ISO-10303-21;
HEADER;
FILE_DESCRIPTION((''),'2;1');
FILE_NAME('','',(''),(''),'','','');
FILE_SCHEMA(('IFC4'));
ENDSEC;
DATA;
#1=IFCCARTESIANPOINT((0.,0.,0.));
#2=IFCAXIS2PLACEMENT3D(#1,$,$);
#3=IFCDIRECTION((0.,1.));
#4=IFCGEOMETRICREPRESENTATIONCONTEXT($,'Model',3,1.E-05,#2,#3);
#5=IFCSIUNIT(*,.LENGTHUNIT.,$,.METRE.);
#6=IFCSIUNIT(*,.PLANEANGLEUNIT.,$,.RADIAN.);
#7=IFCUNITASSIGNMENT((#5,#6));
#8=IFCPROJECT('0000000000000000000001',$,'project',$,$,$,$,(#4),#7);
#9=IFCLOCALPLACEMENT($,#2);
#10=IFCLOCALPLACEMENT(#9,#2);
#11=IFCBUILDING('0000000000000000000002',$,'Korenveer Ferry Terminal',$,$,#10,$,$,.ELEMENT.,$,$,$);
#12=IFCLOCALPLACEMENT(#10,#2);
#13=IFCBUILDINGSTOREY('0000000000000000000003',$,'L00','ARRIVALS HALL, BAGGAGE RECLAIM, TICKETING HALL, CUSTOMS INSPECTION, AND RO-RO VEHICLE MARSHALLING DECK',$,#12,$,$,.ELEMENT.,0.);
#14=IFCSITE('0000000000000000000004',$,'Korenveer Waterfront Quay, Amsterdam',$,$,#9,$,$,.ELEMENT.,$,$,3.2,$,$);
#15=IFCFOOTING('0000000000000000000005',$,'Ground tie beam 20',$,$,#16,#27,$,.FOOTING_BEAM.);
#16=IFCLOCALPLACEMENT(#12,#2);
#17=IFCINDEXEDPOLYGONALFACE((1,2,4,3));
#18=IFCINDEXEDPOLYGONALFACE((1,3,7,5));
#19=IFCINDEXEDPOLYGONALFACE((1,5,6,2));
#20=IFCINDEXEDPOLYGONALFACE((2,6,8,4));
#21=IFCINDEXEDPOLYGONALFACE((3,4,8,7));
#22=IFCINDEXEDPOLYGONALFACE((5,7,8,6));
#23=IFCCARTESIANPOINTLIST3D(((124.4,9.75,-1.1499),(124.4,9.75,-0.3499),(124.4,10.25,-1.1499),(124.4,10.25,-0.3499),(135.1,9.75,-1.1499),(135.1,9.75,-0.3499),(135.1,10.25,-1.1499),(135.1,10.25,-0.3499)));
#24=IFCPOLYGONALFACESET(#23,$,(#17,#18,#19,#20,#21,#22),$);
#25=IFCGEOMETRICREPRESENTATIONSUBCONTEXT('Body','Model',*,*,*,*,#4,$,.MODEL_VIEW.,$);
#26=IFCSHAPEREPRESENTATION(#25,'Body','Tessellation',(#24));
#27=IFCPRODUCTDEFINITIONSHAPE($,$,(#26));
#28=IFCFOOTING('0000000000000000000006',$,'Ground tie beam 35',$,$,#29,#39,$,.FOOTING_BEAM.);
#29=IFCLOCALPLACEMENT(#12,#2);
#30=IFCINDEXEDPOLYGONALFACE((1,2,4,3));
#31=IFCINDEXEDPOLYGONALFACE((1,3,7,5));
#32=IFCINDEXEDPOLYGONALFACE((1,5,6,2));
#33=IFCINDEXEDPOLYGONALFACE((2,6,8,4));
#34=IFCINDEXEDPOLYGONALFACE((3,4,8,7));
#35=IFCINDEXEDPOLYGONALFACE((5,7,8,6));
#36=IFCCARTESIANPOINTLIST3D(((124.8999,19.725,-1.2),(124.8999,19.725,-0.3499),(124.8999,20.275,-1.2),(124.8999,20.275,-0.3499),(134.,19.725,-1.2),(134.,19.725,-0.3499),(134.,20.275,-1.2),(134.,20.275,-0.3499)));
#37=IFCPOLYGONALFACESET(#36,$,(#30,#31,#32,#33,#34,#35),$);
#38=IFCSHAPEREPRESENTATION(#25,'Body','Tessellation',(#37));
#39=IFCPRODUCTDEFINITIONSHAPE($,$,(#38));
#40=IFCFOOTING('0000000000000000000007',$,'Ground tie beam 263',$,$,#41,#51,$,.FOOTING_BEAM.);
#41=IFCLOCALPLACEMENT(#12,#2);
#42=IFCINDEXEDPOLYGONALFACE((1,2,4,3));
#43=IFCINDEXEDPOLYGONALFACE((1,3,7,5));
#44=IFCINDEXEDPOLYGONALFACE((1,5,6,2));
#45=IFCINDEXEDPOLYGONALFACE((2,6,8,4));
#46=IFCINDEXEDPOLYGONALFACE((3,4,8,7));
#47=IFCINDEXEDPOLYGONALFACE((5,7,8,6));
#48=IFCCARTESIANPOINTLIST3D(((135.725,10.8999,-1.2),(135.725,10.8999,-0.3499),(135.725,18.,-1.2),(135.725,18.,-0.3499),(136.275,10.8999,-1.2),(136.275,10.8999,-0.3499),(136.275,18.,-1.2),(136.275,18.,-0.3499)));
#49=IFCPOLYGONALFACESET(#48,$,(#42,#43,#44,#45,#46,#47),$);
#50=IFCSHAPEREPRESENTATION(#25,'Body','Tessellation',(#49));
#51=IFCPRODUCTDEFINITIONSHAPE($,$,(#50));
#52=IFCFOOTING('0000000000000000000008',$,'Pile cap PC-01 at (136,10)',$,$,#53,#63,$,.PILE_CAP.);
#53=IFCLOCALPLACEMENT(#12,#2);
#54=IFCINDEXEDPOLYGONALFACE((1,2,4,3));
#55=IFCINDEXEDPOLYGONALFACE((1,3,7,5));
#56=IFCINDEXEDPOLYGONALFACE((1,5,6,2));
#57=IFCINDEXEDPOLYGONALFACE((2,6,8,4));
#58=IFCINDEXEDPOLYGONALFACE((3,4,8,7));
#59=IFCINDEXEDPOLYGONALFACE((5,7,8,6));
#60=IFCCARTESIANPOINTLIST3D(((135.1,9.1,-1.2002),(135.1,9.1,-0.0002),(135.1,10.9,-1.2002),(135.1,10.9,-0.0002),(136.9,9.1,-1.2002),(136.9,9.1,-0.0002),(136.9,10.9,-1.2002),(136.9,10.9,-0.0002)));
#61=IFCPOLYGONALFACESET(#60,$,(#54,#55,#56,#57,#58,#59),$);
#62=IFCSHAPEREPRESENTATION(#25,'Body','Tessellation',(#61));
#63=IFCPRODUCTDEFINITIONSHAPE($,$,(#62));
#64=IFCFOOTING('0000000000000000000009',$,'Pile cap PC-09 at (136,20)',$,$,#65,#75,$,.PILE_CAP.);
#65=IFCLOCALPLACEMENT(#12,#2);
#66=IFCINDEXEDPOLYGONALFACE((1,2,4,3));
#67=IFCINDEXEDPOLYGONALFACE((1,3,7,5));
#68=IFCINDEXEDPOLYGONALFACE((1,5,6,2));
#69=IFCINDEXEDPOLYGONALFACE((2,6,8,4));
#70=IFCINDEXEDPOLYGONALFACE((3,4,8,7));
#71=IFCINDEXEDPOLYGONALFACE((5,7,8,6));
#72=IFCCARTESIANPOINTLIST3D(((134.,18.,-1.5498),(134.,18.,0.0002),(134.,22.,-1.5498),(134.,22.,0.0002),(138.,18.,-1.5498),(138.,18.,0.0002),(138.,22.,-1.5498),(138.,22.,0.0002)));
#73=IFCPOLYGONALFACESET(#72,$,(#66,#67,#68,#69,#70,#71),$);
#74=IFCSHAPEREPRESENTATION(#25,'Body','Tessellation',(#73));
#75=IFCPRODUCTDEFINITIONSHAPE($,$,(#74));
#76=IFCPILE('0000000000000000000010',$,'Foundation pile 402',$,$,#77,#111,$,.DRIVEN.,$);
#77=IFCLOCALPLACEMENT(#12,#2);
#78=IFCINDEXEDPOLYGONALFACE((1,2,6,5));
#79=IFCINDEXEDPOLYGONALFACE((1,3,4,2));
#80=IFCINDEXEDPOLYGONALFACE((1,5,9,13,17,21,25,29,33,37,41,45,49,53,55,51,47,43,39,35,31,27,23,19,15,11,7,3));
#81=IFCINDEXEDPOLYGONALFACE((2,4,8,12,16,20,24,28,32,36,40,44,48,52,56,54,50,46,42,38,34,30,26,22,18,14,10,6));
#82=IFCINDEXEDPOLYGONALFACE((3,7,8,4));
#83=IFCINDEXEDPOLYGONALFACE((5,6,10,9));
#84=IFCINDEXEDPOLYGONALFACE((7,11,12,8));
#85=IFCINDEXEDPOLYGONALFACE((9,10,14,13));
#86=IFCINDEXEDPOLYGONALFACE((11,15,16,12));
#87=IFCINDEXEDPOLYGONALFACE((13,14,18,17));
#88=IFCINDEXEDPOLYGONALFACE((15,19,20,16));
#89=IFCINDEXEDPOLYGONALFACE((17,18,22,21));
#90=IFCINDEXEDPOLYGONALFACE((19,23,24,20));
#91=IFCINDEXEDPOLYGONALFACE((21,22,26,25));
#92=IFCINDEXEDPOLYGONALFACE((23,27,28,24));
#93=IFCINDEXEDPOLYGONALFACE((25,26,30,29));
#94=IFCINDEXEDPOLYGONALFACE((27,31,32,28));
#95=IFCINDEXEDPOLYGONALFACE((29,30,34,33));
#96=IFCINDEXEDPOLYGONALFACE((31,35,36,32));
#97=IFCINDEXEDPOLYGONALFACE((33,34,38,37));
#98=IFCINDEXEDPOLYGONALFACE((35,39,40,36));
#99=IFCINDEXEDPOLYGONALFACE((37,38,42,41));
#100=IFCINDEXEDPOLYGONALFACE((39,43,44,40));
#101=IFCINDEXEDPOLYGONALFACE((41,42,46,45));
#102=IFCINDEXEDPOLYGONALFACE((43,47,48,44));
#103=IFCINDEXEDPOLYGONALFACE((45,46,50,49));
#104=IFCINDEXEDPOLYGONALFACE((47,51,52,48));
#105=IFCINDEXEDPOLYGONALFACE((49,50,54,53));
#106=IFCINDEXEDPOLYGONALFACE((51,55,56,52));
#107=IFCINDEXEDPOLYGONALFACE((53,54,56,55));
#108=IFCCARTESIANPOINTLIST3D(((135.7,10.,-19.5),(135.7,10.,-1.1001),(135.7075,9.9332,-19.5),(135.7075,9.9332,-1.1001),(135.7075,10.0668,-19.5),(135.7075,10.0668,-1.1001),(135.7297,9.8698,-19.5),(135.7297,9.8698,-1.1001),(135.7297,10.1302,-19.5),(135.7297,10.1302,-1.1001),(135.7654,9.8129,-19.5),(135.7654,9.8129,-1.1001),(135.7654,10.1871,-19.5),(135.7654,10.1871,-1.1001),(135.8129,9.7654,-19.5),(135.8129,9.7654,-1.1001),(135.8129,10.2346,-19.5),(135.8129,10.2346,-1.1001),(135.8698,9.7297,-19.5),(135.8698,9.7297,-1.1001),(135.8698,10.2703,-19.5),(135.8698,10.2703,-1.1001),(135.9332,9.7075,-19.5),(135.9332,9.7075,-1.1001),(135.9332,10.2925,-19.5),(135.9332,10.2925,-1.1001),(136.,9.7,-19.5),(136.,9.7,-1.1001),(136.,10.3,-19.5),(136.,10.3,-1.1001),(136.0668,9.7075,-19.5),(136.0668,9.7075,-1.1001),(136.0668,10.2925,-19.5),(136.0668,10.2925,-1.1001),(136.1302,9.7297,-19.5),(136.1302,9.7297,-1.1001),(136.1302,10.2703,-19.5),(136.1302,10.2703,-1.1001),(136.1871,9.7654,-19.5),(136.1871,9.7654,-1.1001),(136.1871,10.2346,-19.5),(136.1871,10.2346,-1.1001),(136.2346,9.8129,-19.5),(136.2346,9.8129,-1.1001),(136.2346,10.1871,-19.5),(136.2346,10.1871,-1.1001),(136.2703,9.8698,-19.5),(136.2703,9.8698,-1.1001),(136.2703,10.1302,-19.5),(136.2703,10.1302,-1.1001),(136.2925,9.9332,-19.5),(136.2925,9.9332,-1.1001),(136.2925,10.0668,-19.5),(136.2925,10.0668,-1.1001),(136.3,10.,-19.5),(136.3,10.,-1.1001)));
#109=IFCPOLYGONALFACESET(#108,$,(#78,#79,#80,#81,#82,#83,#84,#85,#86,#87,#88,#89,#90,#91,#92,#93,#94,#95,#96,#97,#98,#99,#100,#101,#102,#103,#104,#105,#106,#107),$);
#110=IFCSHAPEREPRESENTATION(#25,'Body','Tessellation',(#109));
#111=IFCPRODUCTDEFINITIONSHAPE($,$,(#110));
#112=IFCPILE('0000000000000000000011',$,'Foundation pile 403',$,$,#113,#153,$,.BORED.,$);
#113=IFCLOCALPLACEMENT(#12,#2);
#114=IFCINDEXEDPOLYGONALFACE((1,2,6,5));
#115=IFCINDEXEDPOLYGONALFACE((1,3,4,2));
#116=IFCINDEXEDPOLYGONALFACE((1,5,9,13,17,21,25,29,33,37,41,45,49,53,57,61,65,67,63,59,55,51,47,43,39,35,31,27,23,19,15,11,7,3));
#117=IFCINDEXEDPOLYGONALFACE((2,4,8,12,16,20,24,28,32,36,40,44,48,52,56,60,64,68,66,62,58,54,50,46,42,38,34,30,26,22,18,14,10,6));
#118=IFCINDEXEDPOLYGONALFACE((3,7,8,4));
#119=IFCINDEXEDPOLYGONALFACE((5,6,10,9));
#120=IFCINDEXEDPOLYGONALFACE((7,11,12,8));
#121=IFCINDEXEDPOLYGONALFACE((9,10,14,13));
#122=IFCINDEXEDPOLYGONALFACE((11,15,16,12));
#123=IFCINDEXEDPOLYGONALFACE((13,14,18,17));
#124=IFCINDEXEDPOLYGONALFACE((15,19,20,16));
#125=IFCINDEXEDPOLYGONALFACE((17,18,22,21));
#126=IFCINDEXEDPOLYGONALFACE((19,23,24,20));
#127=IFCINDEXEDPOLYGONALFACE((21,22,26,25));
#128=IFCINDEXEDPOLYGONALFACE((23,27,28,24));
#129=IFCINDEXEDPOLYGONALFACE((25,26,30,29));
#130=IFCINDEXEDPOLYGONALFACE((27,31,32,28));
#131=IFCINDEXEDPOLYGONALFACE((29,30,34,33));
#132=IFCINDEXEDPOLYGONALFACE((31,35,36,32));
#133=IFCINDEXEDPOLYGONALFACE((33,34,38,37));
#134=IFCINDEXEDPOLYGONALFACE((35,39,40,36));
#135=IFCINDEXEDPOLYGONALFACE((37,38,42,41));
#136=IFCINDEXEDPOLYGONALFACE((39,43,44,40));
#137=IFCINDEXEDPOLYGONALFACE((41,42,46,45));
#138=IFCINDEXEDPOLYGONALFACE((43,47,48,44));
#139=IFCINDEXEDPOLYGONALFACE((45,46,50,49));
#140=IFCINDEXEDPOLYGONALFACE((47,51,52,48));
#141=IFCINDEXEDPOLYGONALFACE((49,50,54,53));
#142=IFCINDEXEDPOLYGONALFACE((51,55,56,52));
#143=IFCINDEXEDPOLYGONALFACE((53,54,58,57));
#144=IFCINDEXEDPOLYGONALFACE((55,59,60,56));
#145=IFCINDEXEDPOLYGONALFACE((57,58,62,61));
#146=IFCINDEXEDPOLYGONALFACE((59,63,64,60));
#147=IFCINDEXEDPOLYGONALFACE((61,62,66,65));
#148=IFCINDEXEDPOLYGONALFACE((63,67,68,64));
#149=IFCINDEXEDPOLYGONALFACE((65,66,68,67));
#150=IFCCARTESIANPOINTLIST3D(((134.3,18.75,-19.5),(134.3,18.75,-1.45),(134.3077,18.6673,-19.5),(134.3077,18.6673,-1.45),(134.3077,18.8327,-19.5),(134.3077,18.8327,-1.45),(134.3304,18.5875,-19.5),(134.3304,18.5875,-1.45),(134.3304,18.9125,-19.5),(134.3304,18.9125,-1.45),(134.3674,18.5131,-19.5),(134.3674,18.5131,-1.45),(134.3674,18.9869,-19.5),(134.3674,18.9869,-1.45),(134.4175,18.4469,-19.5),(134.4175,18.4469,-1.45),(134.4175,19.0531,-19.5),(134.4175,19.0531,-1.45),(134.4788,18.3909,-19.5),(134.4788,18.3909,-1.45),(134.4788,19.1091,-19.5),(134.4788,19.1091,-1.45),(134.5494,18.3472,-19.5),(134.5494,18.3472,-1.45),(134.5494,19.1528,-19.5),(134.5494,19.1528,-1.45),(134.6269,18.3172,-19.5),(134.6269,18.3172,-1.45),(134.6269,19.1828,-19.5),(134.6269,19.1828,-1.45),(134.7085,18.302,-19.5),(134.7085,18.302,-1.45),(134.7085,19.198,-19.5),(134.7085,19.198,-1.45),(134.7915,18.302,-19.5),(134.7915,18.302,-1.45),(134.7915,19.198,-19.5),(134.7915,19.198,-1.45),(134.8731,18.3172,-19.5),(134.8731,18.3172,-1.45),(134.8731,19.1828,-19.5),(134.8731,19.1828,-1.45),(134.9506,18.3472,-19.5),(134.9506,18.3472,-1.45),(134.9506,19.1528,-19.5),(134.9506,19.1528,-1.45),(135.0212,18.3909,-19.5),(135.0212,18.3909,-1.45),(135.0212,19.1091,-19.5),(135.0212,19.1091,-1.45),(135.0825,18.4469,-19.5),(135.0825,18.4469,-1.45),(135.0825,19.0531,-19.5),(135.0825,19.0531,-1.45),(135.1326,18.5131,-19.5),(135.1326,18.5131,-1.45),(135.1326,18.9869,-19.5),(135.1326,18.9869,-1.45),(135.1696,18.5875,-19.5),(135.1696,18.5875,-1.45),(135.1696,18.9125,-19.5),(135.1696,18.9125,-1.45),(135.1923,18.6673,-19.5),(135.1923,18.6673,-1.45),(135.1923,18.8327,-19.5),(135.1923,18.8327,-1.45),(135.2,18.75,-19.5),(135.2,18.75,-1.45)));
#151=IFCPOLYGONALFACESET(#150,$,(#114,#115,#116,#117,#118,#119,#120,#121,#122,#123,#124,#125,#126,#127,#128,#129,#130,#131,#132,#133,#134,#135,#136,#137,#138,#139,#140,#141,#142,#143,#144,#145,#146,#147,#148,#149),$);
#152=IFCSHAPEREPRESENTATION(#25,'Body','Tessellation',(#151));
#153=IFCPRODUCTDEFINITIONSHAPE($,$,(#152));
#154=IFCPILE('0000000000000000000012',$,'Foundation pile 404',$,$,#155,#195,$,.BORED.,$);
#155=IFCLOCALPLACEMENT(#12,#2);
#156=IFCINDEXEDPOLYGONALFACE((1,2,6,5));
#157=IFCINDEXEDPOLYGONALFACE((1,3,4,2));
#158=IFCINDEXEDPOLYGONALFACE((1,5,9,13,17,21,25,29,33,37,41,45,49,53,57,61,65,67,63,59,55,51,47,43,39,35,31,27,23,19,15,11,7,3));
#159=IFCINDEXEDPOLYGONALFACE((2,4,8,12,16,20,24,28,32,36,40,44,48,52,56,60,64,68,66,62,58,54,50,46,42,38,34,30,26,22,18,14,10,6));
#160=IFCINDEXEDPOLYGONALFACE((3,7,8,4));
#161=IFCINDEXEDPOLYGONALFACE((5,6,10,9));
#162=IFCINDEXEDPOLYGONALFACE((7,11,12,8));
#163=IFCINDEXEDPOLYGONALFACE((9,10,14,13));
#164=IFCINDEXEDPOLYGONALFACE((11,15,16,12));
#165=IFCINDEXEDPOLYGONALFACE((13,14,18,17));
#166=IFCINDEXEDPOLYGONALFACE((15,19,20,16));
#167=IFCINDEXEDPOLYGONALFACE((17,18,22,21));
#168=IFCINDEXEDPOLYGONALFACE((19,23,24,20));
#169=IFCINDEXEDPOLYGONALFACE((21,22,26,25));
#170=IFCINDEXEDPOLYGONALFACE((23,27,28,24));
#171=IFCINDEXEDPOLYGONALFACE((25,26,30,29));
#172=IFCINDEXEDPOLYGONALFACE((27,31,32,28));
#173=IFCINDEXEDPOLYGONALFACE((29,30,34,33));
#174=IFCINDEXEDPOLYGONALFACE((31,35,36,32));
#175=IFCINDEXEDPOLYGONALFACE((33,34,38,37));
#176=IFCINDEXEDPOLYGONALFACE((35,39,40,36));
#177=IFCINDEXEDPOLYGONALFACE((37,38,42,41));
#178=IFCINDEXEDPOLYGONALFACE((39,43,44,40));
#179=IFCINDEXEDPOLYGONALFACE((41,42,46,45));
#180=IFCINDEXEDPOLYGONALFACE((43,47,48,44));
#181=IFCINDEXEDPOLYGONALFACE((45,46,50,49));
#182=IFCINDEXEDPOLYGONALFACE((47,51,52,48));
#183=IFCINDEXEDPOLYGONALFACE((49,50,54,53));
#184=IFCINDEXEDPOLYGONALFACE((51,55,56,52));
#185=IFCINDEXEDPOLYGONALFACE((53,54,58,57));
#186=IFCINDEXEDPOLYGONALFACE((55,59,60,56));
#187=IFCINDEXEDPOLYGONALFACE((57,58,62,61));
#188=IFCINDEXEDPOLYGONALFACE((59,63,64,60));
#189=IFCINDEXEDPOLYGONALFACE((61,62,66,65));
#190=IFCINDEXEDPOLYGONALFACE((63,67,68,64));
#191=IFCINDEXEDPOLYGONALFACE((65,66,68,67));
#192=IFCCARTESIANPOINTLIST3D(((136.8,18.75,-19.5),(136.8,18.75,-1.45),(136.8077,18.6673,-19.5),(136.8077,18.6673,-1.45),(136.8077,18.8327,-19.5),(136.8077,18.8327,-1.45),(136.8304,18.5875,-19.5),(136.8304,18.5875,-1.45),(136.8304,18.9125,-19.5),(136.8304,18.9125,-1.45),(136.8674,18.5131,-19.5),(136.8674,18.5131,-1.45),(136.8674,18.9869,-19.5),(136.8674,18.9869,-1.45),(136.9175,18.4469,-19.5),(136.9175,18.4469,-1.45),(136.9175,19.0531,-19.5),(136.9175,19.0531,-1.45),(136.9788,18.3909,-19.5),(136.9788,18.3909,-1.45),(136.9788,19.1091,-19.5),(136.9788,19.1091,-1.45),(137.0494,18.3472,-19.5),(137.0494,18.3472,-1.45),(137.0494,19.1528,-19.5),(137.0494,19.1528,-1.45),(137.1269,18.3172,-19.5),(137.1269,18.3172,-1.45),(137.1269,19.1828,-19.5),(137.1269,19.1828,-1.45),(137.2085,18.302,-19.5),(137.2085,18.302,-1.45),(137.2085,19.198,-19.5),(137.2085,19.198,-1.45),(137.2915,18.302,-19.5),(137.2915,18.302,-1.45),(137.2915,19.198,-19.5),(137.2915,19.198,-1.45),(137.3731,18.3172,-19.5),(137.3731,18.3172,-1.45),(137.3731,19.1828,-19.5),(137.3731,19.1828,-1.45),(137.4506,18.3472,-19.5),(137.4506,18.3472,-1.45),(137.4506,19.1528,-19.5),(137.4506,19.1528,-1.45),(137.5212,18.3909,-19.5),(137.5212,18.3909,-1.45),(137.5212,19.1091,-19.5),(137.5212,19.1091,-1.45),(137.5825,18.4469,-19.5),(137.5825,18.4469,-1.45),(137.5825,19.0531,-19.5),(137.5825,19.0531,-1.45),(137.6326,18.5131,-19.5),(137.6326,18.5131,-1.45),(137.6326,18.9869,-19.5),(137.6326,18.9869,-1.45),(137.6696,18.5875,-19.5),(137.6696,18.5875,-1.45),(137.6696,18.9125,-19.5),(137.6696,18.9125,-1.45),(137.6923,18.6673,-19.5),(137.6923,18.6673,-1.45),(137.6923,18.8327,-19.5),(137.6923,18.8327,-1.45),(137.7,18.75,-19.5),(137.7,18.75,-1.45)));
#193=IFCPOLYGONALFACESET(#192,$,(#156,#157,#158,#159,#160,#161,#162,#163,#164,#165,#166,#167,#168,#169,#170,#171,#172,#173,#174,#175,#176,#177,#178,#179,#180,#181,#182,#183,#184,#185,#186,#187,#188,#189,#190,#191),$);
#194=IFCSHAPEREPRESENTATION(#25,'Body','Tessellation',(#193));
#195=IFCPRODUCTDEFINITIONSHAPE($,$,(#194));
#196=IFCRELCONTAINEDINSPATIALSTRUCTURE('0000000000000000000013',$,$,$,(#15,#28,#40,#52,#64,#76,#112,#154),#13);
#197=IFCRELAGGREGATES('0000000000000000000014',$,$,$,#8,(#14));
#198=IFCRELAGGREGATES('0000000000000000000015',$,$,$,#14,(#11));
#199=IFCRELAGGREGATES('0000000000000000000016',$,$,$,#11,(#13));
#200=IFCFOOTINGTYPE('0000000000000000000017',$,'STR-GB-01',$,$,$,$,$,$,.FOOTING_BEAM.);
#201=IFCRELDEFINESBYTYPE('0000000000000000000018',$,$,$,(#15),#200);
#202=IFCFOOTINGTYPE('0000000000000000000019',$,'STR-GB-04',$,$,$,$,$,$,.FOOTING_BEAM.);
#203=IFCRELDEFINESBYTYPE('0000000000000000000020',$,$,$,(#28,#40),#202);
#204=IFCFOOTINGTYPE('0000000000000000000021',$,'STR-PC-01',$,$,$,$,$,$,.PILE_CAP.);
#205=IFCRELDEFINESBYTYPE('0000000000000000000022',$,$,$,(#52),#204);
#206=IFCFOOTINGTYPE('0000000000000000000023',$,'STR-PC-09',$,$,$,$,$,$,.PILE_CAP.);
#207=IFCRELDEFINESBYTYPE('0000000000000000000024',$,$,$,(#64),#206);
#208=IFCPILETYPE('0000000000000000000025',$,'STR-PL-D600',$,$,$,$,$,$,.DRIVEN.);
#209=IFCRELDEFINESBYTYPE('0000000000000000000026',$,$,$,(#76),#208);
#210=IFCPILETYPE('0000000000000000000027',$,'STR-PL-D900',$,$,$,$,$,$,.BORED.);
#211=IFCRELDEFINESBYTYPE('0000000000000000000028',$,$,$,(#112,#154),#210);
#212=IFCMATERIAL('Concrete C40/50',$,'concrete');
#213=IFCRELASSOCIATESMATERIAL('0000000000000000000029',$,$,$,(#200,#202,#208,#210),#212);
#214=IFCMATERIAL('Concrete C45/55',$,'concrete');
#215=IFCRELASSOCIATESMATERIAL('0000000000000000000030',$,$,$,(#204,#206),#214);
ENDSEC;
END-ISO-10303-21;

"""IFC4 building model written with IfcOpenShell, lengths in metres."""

from ifc_helpers import new_model, si_unit, direction, frame, origin, origin_2d, place, context, subcontext, project, spatial, rectangle, circle, extrude, material, material_profile, profile_set, type_object, element, save


model = new_model("IFC4")

# Units and contexts
model_context = context("Model", 3, precision=1e-05, world=origin(), true_north=direction((0.0, 1.0)))
body_context = subcontext(model_context, "Body", "Model", "MODEL_VIEW")
ifc_project = project(units=[si_unit("LENGTHUNIT", "METRE"), si_unit("PLANEANGLEUNIT", "RADIAN")], contexts=[model_context])

# Site, building, storey
site_placement = place(None, origin())
site = spatial("IfcSite", under=ifc_project, at=site_placement, Name="Korenveer Waterfront Quay, Amsterdam", CompositionType="ELEMENT", RefElevation=3.2)
building_placement = place(site_placement, origin())
building = spatial("IfcBuilding", under=site, at=building_placement, Name="Korenveer Ferry Terminal", CompositionType="ELEMENT")
storey_placement = place(building_placement, origin())
storey = spatial("IfcBuildingStorey", under=building, at=storey_placement, Name="L00", Description="ARRIVALS HALL, BAGGAGE RECLAIM, TICKETING HALL, CUSTOMS INSPECTION, AND RO-RO VEHICLE MARSHALLING DECK", CompositionType="ELEMENT", Elevation=0.0)

# Footings
ifc_material_1 = material(Name="Concrete C40/50", Category="concrete")
footing_type_1 = type_object("IfcFootingType", Name="STR-GB-01", PredefinedType="FOOTING_BEAM", material=ifc_material_1)
footing_1_placement = place(storey_placement, frame((129.75, 10.0, -1.1499), z_axis=(0.0, 0.0, 1.0), x_axis=(1.0, 0.0, 0.0)))
element("IfcFooting", 1, at=footing_1_placement, inside=storey, type_object=footing_type_1, Name="Ground tie beam 20", PredefinedType="FOOTING_BEAM", context=body_context, shape_type="SweptSolid", body=[
    extrude(rectangle(XDim=10.7, YDim=0.5, at=origin_2d()), origin(), (0.0, 0.0, 1.0), 0.8),
])
footing_type_2 = type_object("IfcFootingType", Name="STR-GB-04", PredefinedType="FOOTING_BEAM", material=ifc_material_1)
footing_2_placement = place(storey_placement, frame((129.45, 20.0, -1.2), z_axis=(0.0, 0.0, 1.0), x_axis=(1.0, 0.0, 0.0)))
element("IfcFooting", 2, at=footing_2_placement, inside=storey, type_object=footing_type_2, Name="Ground tie beam 35", PredefinedType="FOOTING_BEAM", context=body_context, shape_type="SweptSolid", body=[
    extrude(rectangle(XDim=9.1001, YDim=0.55, at=origin_2d()), origin(), (0.0, 0.0, 1.0), 0.8501),
])
footing_3_placement = place(storey_placement, frame((136.0, 14.45, -1.2), z_axis=(0.0, 0.0, 1.0), x_axis=(1.0, 0.0, 0.0)))
element("IfcFooting", 3, at=footing_3_placement, inside=storey, type_object=footing_type_2, Name="Ground tie beam 263", PredefinedType="FOOTING_BEAM", context=body_context, shape_type="SweptSolid", body=[
    extrude(rectangle(XDim=0.55, YDim=7.1001, at=origin_2d()), origin(), (0.0, 0.0, 1.0), 0.8501),
])
ifc_material_2 = material(Name="Concrete C45/55", Category="concrete")
footing_type_3 = type_object("IfcFootingType", Name="STR-PC-01", PredefinedType="PILE_CAP", material=ifc_material_2)
footing_4_placement = place(storey_placement, frame((136.0, 10.0, -1.2002), z_axis=(0.0, 0.0, 1.0), x_axis=(1.0, 0.0, 0.0)))
element("IfcFooting", 4, at=footing_4_placement, inside=storey, type_object=footing_type_3, Name="Pile cap PC-01 at (136,10)", PredefinedType="PILE_CAP", context=body_context, shape_type="SweptSolid", body=[
    extrude(rectangle(XDim=1.8, YDim=1.8, at=origin_2d()), origin(), (0.0, 0.0, 1.0), 1.2),
])
footing_type_4 = type_object("IfcFootingType", Name="STR-PC-09", PredefinedType="PILE_CAP", material=ifc_material_2)
footing_5_placement = place(storey_placement, frame((136.0, 20.0, -1.5498), z_axis=(0.0, 0.0, 1.0), x_axis=(1.0, 0.0, 0.0)))
element("IfcFooting", 5, at=footing_5_placement, inside=storey, type_object=footing_type_4, Name="Pile cap PC-09 at (136,20)", PredefinedType="PILE_CAP", context=body_context, shape_type="SweptSolid", body=[
    extrude(rectangle(XDim=4.0, YDim=4.0, at=origin_2d()), origin(), (0.0, 0.0, 1.0), 1.55),
])

# Piles
ifc_material_profile_1 = material_profile(ifc_material_1, circle(Radius=0.3, at=origin_2d()), Name="PILE D600")
ifc_profile_set_1 = profile_set([ifc_material_profile_1], Name="Concrete C40/50")
pile_type_1 = type_object("IfcPileType", Name="STR-PL-D600", PredefinedType="DRIVEN", material=ifc_profile_set_1)
pile_placement = place(storey_placement, frame((136.0, 10.0, -1.1001), z_axis=(0.0, 0.0, -1.0), x_axis=(1.0, 0.0, 0.0)))
element("IfcPile", 6, at=pile_placement, inside=storey, type_object=pile_type_1, Name="Foundation pile 402", PredefinedType="DRIVEN", context=body_context, shape_type="SweptSolid", body=[
    extrude(circle(Radius=0.3, at=origin_2d()), origin(), (0.0, 0.0, 1.0), 18.3999),
])
ifc_material_profile_2 = material_profile(ifc_material_1, circle(Radius=0.45, at=origin_2d()), Name="PILE D900")
ifc_profile_set_2 = profile_set([ifc_material_profile_2], Name="Concrete C40/50")
pile_type_2 = type_object("IfcPileType", Name="STR-PL-D900", PredefinedType="BORED", material=ifc_profile_set_2)
for number, where, z_axis, x_axis, name in (
    (7, (134.75, 18.75, -1.45), (0.0, 0.0, -1.0), (1.0, 0.0, 0.0), "Foundation pile 403"),
    (8, (137.25, 18.75, -1.45), (0.0, 0.0, -1.0), (1.0, 0.0, 0.0), "Foundation pile 404"),
):
    element("IfcPile", number, at=place(storey_placement, frame(where, z_axis=z_axis, x_axis=x_axis)), inside=storey, type_object=pile_type_2, Name=name, PredefinedType="BORED", context=body_context, shape_type="SweptSolid", body=[
        extrude(circle(Radius=0.45, at=origin_2d()), origin(), (0.0, 0.0, 1.0), 18.05),
    ])

save(model, "model.ifc")
